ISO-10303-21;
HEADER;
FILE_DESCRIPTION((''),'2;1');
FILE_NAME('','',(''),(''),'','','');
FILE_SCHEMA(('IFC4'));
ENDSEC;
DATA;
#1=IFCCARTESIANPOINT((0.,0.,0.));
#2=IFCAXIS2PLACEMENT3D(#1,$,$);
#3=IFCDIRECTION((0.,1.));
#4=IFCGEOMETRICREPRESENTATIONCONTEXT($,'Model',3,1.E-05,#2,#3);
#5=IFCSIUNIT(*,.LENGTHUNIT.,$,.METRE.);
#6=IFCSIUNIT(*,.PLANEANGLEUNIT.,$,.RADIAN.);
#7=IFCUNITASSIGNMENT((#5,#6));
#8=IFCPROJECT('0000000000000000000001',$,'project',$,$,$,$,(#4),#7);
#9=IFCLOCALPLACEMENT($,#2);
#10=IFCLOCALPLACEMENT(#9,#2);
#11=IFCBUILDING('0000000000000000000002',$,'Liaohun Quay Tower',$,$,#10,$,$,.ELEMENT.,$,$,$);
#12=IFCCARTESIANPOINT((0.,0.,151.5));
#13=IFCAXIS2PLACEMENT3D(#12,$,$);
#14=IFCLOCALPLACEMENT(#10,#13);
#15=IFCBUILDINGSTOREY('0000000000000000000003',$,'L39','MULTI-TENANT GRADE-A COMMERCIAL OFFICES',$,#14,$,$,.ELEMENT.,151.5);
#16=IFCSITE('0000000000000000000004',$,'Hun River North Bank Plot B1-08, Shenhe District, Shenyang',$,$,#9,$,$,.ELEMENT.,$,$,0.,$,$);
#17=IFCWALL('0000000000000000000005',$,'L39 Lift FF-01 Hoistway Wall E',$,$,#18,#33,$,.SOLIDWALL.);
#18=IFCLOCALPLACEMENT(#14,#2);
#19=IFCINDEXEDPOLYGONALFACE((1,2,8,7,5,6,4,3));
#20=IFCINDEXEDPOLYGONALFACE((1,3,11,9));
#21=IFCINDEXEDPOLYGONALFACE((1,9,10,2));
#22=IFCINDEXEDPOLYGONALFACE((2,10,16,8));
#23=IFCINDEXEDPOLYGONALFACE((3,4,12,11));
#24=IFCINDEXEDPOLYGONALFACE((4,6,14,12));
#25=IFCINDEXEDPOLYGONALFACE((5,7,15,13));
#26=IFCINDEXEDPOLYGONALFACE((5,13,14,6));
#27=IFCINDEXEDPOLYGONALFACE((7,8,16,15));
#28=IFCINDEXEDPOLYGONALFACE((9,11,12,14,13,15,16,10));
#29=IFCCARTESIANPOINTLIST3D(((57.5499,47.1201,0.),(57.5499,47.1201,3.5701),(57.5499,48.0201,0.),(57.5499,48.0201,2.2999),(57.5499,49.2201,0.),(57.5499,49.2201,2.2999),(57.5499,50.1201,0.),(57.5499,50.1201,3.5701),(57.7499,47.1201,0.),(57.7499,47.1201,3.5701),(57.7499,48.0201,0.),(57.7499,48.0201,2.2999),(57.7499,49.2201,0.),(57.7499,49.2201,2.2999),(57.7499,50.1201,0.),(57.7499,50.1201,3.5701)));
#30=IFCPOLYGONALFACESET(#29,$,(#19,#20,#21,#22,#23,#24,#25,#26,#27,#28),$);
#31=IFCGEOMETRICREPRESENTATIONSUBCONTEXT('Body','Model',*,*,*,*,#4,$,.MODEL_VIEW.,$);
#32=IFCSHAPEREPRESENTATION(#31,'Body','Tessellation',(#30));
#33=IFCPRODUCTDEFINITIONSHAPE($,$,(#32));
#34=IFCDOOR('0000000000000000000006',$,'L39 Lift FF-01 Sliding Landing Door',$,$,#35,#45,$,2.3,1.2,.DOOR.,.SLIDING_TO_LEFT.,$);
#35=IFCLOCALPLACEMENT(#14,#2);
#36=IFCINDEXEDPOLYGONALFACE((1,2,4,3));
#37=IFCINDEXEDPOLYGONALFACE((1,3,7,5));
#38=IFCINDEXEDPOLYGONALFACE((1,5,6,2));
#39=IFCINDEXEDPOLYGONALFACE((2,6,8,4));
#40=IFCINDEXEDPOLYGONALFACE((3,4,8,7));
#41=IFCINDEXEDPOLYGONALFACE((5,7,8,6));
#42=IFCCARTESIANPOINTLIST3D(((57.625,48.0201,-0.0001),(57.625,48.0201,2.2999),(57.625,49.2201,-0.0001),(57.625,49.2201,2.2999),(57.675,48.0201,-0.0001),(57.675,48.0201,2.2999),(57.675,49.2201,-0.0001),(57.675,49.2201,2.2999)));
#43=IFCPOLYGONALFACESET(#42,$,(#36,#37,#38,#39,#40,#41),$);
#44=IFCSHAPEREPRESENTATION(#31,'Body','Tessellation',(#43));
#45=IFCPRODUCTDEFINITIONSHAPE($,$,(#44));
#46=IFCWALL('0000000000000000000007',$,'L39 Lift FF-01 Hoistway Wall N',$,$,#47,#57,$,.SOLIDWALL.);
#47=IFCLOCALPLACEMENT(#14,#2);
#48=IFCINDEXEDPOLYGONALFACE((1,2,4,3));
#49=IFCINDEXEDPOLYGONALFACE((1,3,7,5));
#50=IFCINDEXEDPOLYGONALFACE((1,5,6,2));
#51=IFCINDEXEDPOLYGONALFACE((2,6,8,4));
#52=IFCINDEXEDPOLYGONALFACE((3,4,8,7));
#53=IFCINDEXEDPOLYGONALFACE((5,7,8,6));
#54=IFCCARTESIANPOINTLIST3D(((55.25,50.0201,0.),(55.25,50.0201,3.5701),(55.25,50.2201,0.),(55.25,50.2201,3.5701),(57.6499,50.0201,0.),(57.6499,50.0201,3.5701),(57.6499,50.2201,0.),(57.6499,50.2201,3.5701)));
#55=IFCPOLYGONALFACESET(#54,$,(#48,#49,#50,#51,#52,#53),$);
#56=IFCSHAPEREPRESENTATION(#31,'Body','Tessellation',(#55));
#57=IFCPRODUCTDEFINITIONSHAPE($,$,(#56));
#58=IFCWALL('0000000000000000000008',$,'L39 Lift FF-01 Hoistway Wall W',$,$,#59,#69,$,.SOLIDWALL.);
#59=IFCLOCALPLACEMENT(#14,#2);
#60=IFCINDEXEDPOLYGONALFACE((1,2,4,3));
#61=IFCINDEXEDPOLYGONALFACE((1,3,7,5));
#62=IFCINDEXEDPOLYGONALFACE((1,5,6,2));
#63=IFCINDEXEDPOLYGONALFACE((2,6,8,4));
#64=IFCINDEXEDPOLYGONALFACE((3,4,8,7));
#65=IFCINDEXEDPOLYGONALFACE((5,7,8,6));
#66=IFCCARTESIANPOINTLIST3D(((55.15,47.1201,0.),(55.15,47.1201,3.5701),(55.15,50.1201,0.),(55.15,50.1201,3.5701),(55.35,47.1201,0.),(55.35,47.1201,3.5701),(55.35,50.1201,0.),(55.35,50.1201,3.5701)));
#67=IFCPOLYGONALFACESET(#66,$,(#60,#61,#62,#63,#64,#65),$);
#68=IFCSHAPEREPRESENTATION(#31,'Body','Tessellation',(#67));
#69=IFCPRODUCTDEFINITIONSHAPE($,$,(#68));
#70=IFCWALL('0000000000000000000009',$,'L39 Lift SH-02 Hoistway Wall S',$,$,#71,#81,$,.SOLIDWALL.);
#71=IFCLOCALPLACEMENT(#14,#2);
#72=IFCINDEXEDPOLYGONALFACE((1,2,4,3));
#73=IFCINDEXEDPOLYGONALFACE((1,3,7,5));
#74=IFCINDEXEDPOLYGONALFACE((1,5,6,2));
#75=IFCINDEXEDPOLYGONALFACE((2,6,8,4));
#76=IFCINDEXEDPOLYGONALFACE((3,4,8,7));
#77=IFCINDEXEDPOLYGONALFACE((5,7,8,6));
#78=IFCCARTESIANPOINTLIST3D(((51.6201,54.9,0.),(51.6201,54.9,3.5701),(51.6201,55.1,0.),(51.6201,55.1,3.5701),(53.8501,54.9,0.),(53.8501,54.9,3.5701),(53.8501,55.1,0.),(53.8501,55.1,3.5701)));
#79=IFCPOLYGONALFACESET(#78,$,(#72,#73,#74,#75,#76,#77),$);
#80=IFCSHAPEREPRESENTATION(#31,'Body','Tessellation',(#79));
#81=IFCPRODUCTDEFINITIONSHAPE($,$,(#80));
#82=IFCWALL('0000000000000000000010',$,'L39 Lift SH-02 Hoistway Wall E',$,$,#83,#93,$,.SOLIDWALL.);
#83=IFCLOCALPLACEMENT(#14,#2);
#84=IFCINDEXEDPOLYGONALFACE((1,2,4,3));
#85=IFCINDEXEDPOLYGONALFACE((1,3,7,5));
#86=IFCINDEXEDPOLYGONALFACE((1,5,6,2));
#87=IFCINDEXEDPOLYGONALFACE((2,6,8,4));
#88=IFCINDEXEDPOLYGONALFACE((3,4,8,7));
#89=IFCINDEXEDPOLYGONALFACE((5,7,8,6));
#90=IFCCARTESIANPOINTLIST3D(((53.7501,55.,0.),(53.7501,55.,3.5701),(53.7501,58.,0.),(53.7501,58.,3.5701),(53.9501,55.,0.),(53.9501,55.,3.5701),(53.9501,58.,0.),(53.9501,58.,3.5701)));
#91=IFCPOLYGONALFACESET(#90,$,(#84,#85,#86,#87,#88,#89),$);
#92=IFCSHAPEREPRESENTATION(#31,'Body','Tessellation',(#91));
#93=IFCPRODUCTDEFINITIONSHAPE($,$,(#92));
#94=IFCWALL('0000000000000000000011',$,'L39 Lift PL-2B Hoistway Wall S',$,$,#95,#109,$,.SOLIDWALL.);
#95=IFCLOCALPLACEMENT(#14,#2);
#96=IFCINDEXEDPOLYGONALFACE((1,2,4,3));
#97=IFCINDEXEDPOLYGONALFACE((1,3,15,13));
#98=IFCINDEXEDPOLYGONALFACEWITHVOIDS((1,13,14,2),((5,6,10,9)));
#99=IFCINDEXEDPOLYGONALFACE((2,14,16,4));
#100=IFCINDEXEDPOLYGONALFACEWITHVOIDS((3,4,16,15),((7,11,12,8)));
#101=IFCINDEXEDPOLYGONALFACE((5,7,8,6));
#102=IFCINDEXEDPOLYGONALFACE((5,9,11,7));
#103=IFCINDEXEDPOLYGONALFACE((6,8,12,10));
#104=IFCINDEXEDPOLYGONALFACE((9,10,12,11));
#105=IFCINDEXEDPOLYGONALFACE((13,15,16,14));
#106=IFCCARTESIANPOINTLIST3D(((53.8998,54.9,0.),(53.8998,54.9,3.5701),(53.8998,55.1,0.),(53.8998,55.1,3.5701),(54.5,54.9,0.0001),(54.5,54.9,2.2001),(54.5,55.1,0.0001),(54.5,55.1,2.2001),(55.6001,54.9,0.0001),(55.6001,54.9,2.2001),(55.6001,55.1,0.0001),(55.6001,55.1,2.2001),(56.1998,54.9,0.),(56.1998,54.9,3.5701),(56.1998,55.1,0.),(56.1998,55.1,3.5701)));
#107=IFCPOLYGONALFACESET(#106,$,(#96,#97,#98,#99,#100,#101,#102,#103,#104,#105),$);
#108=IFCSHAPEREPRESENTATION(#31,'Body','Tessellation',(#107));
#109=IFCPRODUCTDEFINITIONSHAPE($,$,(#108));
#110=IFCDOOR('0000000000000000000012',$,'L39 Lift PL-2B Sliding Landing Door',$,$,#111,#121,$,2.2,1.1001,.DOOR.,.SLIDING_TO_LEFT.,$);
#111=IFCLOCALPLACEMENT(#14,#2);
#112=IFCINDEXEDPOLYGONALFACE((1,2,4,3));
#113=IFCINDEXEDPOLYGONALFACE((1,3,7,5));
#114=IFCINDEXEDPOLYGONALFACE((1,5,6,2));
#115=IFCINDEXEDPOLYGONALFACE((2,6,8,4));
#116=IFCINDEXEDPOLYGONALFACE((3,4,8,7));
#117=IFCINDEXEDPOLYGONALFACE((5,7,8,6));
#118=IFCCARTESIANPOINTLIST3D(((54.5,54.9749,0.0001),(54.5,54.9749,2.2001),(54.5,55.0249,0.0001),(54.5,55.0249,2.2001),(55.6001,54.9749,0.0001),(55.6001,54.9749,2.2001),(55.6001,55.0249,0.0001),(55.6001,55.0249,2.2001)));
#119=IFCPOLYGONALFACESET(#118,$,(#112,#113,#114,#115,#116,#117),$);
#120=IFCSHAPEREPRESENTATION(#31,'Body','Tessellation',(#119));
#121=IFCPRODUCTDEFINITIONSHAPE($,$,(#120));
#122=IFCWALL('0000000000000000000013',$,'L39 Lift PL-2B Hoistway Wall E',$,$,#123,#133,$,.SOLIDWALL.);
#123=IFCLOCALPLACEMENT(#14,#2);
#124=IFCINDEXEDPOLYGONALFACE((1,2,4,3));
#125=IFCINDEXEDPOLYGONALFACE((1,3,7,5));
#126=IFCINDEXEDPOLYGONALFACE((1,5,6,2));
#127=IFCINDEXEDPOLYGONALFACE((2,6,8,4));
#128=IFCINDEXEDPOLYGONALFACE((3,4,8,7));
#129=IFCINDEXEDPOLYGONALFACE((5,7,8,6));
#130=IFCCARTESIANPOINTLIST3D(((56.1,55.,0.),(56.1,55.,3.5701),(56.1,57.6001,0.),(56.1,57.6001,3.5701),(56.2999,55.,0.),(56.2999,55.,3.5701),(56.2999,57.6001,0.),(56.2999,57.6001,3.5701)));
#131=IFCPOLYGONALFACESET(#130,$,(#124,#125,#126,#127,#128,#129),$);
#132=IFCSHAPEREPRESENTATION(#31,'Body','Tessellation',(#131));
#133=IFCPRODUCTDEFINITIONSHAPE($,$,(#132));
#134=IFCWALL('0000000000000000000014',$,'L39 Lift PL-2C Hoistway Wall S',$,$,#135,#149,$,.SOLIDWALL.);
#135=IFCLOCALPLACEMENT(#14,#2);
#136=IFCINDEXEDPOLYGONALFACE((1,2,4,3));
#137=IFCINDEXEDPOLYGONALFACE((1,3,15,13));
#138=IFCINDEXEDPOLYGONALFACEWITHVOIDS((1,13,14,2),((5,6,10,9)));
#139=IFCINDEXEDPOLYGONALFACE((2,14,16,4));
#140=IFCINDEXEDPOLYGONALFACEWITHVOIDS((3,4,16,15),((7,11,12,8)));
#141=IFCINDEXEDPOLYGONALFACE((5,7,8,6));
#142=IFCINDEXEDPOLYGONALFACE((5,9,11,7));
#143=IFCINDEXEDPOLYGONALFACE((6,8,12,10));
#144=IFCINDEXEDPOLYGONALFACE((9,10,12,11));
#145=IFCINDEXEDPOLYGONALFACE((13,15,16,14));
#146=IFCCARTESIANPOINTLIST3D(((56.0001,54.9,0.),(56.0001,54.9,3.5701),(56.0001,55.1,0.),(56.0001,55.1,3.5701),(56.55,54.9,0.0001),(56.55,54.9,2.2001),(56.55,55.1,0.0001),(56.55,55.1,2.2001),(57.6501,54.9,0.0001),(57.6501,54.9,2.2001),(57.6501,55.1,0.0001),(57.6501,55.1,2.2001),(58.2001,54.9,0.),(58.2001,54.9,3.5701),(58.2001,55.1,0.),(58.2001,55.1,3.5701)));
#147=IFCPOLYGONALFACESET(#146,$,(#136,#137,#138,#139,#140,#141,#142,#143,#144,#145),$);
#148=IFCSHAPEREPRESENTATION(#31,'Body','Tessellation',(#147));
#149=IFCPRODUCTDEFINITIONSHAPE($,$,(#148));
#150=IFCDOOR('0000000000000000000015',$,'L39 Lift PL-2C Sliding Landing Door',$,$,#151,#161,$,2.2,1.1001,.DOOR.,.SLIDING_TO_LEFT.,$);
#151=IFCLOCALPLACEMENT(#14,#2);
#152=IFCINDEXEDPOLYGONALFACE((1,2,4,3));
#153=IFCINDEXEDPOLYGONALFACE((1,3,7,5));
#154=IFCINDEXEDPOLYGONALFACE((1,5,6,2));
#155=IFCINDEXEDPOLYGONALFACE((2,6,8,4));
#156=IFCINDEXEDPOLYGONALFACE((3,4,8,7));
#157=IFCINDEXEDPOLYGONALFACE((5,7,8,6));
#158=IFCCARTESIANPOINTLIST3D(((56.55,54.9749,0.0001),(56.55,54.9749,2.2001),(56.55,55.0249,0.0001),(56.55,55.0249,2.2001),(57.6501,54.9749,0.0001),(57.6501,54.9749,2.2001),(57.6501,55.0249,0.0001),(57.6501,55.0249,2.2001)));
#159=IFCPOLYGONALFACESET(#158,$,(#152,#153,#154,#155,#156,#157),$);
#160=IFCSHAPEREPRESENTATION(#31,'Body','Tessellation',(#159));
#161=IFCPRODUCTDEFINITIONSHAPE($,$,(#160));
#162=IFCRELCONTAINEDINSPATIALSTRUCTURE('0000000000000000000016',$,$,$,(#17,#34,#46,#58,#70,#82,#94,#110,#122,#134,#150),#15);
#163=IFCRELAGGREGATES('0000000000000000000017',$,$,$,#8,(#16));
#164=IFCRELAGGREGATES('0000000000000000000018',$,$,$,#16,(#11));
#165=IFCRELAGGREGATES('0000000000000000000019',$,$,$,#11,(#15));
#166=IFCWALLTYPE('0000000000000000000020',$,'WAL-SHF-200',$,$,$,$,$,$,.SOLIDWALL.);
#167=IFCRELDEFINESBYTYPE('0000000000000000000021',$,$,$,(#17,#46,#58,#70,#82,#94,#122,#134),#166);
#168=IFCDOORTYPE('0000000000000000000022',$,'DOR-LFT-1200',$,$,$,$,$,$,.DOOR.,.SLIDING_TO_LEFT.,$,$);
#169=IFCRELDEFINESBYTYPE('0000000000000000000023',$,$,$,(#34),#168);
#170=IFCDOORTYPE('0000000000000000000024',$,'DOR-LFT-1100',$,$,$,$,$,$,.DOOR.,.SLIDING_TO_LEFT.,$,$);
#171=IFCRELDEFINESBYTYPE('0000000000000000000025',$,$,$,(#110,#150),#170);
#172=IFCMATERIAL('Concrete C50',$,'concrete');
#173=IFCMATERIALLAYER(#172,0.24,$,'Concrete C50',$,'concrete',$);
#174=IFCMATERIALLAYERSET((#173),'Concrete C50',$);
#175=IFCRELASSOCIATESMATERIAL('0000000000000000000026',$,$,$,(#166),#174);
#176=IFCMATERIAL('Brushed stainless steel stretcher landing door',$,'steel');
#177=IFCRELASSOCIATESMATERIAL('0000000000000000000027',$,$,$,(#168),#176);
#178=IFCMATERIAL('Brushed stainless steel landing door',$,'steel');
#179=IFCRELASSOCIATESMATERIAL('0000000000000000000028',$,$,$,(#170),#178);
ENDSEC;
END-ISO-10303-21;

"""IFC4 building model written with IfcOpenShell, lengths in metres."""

from ifc_helpers import new_model, si_unit, direction, frame, frame_2d, origin, place, context, subcontext, project, spatial, rectangle, extrude, source, transform, mapped, material, layer, layer_set, type_object, element, fill, save


model = new_model("IFC4")

# Units and contexts
model_context = context("Model", 3, precision=1e-05, world=origin(), true_north=direction((0.0, 1.0)))
body_context = subcontext(model_context, "Body", "Model", "MODEL_VIEW")
ifc_project = project(units=[si_unit("LENGTHUNIT", "METRE"), si_unit("PLANEANGLEUNIT", "RADIAN")], contexts=[model_context])

# Site, building, storey
site_placement = place(None, origin())
site = spatial("IfcSite", under=ifc_project, at=site_placement, Name="Hun River North Bank Plot B1-08, Shenhe District, Shenyang", CompositionType="ELEMENT", RefElevation=0.0)
building_placement = place(site_placement, origin())
building = spatial("IfcBuilding", under=site, at=building_placement, Name="Liaohun Quay Tower", CompositionType="ELEMENT")
storey_placement = place(building_placement, frame((0.0, 0.0, 151.5)))
storey = spatial("IfcBuildingStorey", under=building, at=storey_placement, Name="L39", Description="MULTI-TENANT GRADE-A COMMERCIAL OFFICES", CompositionType="ELEMENT", Elevation=151.5)

# Shared definitions
ifc_material_1 = material(Name="Concrete C50", Category="concrete")
ifc_layer_1 = layer(ifc_material_1, 0.24, Name="Concrete C50", Category="concrete")
ifc_layer_set_1 = layer_set([ifc_layer_1], Name="Concrete C50")
wall_type_1 = type_object("IfcWallType", Name="WAL-SHF-200", PredefinedType="SOLIDWALL", material=ifc_layer_set_1)

# Wall, opening, door
wall_1_placement = place(storey_placement, frame((57.6499, 47.1201, 0.0), z_axis=(0.0, 0.0, 1.0), x_axis=(0.0, 1.0, 0.0)))
wall_1 = element("IfcWall", 1, at=wall_1_placement, inside=storey, type_object=wall_type_1, Name="L39 Lift FF-01 Hoistway Wall E", PredefinedType="SOLIDWALL", context=body_context, shape_type="SweptSolid", body=[
    extrude(rectangle(XDim=3.0, YDim=0.2, at=frame_2d((1.5, 0.0))), origin(), (0.0, 0.0, 1.0), 3.5701),
])
shared_shape_1 = source(origin(), body_context, "Body", "SweptSolid", [
    extrude(rectangle(XDim=1.2, YDim=2.3, at=frame_2d((0.6001, 1.1499))), frame((0.0, 0.1099, 0.0), z_axis=(0.0, -1.0, 0.0), x_axis=(1.0, 0.0, 0.0)), (0.0, 0.0, 1.0), 0.22),
])
opening_1_placement = place(wall_1_placement, frame((0.8999, 0.0, 0.0)))
opening_1 = element("IfcOpeningElement", 2, at=opening_1_placement, cuts=wall_1, PredefinedType="OPENING", context=body_context, shape_type="MappedRepresentation", body=[
    mapped(shared_shape_1, transform((0.0, 0.0, 0.0), x_axis=(1.0, 0.0, 0.0), y_axis=(0.0, 1.0, 0.0), z_axis=(0.0, 0.0, 1.0), scale=1.0)),
])
ifc_material_2 = material(Name="Brushed stainless steel stretcher landing door", Category="steel")
door_type_1 = type_object("IfcDoorType", Name="DOR-LFT-1200", OperationType="SLIDING_TO_LEFT", PredefinedType="DOOR", material=ifc_material_2)
shared_shape_2 = source(origin(), body_context, "Body", "SweptSolid", [
    extrude(rectangle(XDim=1.2, YDim=2.3, at=frame_2d((0.6001, 1.1499))), frame((0.0, 0.0249, 0.0), z_axis=(0.0, -1.0, 0.0), x_axis=(1.0, 0.0, 0.0)), (0.0, 0.0, 1.0), 0.05),
])
door_1_placement = place(opening_1_placement, origin())
door_1 = element("IfcDoor", 3, at=door_1_placement, inside=storey, type_object=door_type_1, Name="L39 Lift FF-01 Sliding Landing Door", OperationType="SLIDING_TO_LEFT", OverallHeight=2.3, OverallWidth=1.2, PredefinedType="DOOR", context=body_context, shape_type="MappedRepresentation", body=[
    mapped(shared_shape_2, transform((0.0, 0.0, 0.0), x_axis=(1.0, 0.0, 0.0), y_axis=(0.0, 1.0, 0.0), z_axis=(0.0, 0.0, 1.0), scale=1.0)),
])
fill(opening_1, door_1)

# Walls
wall_2_placement = place(storey_placement, frame((57.6499, 50.1201, 0.0), z_axis=(0.0, 0.0, 1.0), x_axis=(-1.0, 0.0, 0.0)))
element("IfcWall", 4, at=wall_2_placement, inside=storey, type_object=wall_type_1, Name="L39 Lift FF-01 Hoistway Wall N", PredefinedType="SOLIDWALL", context=body_context, shape_type="SweptSolid", body=[
    extrude(rectangle(XDim=2.3999, YDim=0.2, at=frame_2d((1.2, 0.0))), origin(), (0.0, 0.0, 1.0), 3.5701),
])
wall_3_placement = place(storey_placement, frame((55.25, 50.1201, 0.0), z_axis=(0.0, 0.0, 1.0), x_axis=(0.0, -1.0, 0.0)))
element("IfcWall", 5, at=wall_3_placement, inside=storey, type_object=wall_type_1, Name="L39 Lift FF-01 Hoistway Wall W", PredefinedType="SOLIDWALL", context=body_context, shape_type="SweptSolid", body=[
    extrude(rectangle(XDim=3.0, YDim=0.2, at=frame_2d((1.5, 0.0))), origin(), (0.0, 0.0, 1.0), 3.5701),
])
wall_4_placement = place(storey_placement, frame((51.6201, 55.0, 0.0), z_axis=(0.0, 0.0, 1.0), x_axis=(1.0, 0.0, 0.0)))
element("IfcWall", 6, at=wall_4_placement, inside=storey, type_object=wall_type_1, Name="L39 Lift SH-02 Hoistway Wall S", PredefinedType="SOLIDWALL", context=body_context, shape_type="SweptSolid", body=[
    extrude(rectangle(XDim=2.23, YDim=0.2, at=frame_2d((1.115, 0.0))), origin(), (0.0, 0.0, 1.0), 3.5701),
])
wall_5_placement = place(storey_placement, frame((53.8501, 55.0, 0.0), z_axis=(0.0, 0.0, 1.0), x_axis=(0.0, 1.0, 0.0)))
element("IfcWall", 7, at=wall_5_placement, inside=storey, type_object=wall_type_1, Name="L39 Lift SH-02 Hoistway Wall E", PredefinedType="SOLIDWALL", context=body_context, shape_type="SweptSolid", body=[
    extrude(rectangle(XDim=3.0, YDim=0.2, at=frame_2d((1.5, 0.0))), origin(), (0.0, 0.0, 1.0), 3.5701),
])

# Wall, opening, door
wall_6_placement = place(storey_placement, frame((53.8999, 55.0, 0.0), z_axis=(0.0, 0.0, 1.0), x_axis=(1.0, 0.0, 0.0)))
wall_6 = element("IfcWall", 8, at=wall_6_placement, inside=storey, type_object=wall_type_1, Name="L39 Lift PL-2B Hoistway Wall S", PredefinedType="SOLIDWALL", context=body_context, shape_type="SweptSolid", body=[
    extrude(rectangle(XDim=2.3, YDim=0.2, at=frame_2d((1.1499, 0.0))), origin(), (0.0, 0.0, 1.0), 3.5701),
])
shared_shape_3 = source(origin(), body_context, "Body", "SweptSolid", [
    extrude(rectangle(XDim=1.1001, YDim=2.2, at=frame_2d((0.55, 1.1001))), frame((0.0, 0.1099, 0.0), z_axis=(0.0, -1.0, 0.0), x_axis=(1.0, 0.0, 0.0)), (0.0, 0.0, 1.0), 0.22),
])
opening_2_placement = place(wall_6_placement, frame((0.6001, 0.0, 0.0)))
opening_2 = element("IfcOpeningElement", 9, at=opening_2_placement, cuts=wall_6, PredefinedType="OPENING", context=body_context, shape_type="MappedRepresentation", body=[
    mapped(shared_shape_3, transform((0.0, 0.0, 0.0), x_axis=(1.0, 0.0, 0.0), y_axis=(0.0, 1.0, 0.0), z_axis=(0.0, 0.0, 1.0), scale=1.0)),
])
ifc_material_3 = material(Name="Brushed stainless steel landing door", Category="steel")
door_type_2 = type_object("IfcDoorType", Name="DOR-LFT-1100", OperationType="SLIDING_TO_LEFT", PredefinedType="DOOR", material=ifc_material_3)
shared_shape_4 = source(origin(), body_context, "Body", "SweptSolid", [
    extrude(rectangle(XDim=1.1001, YDim=2.2, at=frame_2d((0.55, 1.1001))), frame((0.0, 0.0249, 0.0), z_axis=(0.0, -1.0, 0.0), x_axis=(1.0, 0.0, 0.0)), (0.0, 0.0, 1.0), 0.05),
])
door_2_placement = place(opening_2_placement, origin())
door_2 = element("IfcDoor", 10, at=door_2_placement, inside=storey, type_object=door_type_2, Name="L39 Lift PL-2B Sliding Landing Door", OperationType="SLIDING_TO_LEFT", OverallHeight=2.2, OverallWidth=1.1001, PredefinedType="DOOR", context=body_context, shape_type="MappedRepresentation", body=[
    mapped(shared_shape_4, transform((0.0, 0.0, 0.0), x_axis=(1.0, 0.0, 0.0), y_axis=(0.0, 1.0, 0.0), z_axis=(0.0, 0.0, 1.0), scale=1.0)),
])
fill(opening_2, door_2)

# Wall
wall_7_placement = place(storey_placement, frame((56.2, 55.0, 0.0), z_axis=(0.0, 0.0, 1.0), x_axis=(0.0, 1.0, 0.0)))
element("IfcWall", 11, at=wall_7_placement, inside=storey, type_object=wall_type_1, Name="L39 Lift PL-2B Hoistway Wall E", PredefinedType="SOLIDWALL", context=body_context, shape_type="SweptSolid", body=[
    extrude(rectangle(XDim=2.6001, YDim=0.2, at=frame_2d((1.3, 0.0))), origin(), (0.0, 0.0, 1.0), 3.5701),
])

# Wall, opening, door
wall_8_placement = place(storey_placement, frame((56.0, 55.0, 0.0), z_axis=(0.0, 0.0, 1.0), x_axis=(1.0, 0.0, 0.0)))
wall_8 = element("IfcWall", 12, at=wall_8_placement, inside=storey, type_object=wall_type_1, Name="L39 Lift PL-2C Hoistway Wall S", PredefinedType="SOLIDWALL", context=body_context, shape_type="SweptSolid", body=[
    extrude(rectangle(XDim=2.2, YDim=0.2, at=frame_2d((1.1001, 0.0))), origin(), (0.0, 0.0, 1.0), 3.5701),
])
opening_3_placement = place(wall_8_placement, frame((0.55, 0.0, 0.0)))
opening_3 = element("IfcOpeningElement", 13, at=opening_3_placement, cuts=wall_8, PredefinedType="OPENING", context=body_context, shape_type="MappedRepresentation", body=[
    mapped(shared_shape_3, transform((0.0, 0.0, 0.0), x_axis=(1.0, 0.0, 0.0), y_axis=(0.0, 1.0, 0.0), z_axis=(0.0, 0.0, 1.0), scale=1.0)),
])
door_3_placement = place(opening_3_placement, origin())
door_3 = element("IfcDoor", 14, at=door_3_placement, inside=storey, type_object=door_type_2, Name="L39 Lift PL-2C Sliding Landing Door", OperationType="SLIDING_TO_LEFT", OverallHeight=2.2, OverallWidth=1.1001, PredefinedType="DOOR", context=body_context, shape_type="MappedRepresentation", body=[
    mapped(shared_shape_4, transform((0.0, 0.0, 0.0), x_axis=(1.0, 0.0, 0.0), y_axis=(0.0, 1.0, 0.0), z_axis=(0.0, 0.0, 1.0), scale=1.0)),
])
fill(opening_3, door_3)

save(model, "model.ifc")
